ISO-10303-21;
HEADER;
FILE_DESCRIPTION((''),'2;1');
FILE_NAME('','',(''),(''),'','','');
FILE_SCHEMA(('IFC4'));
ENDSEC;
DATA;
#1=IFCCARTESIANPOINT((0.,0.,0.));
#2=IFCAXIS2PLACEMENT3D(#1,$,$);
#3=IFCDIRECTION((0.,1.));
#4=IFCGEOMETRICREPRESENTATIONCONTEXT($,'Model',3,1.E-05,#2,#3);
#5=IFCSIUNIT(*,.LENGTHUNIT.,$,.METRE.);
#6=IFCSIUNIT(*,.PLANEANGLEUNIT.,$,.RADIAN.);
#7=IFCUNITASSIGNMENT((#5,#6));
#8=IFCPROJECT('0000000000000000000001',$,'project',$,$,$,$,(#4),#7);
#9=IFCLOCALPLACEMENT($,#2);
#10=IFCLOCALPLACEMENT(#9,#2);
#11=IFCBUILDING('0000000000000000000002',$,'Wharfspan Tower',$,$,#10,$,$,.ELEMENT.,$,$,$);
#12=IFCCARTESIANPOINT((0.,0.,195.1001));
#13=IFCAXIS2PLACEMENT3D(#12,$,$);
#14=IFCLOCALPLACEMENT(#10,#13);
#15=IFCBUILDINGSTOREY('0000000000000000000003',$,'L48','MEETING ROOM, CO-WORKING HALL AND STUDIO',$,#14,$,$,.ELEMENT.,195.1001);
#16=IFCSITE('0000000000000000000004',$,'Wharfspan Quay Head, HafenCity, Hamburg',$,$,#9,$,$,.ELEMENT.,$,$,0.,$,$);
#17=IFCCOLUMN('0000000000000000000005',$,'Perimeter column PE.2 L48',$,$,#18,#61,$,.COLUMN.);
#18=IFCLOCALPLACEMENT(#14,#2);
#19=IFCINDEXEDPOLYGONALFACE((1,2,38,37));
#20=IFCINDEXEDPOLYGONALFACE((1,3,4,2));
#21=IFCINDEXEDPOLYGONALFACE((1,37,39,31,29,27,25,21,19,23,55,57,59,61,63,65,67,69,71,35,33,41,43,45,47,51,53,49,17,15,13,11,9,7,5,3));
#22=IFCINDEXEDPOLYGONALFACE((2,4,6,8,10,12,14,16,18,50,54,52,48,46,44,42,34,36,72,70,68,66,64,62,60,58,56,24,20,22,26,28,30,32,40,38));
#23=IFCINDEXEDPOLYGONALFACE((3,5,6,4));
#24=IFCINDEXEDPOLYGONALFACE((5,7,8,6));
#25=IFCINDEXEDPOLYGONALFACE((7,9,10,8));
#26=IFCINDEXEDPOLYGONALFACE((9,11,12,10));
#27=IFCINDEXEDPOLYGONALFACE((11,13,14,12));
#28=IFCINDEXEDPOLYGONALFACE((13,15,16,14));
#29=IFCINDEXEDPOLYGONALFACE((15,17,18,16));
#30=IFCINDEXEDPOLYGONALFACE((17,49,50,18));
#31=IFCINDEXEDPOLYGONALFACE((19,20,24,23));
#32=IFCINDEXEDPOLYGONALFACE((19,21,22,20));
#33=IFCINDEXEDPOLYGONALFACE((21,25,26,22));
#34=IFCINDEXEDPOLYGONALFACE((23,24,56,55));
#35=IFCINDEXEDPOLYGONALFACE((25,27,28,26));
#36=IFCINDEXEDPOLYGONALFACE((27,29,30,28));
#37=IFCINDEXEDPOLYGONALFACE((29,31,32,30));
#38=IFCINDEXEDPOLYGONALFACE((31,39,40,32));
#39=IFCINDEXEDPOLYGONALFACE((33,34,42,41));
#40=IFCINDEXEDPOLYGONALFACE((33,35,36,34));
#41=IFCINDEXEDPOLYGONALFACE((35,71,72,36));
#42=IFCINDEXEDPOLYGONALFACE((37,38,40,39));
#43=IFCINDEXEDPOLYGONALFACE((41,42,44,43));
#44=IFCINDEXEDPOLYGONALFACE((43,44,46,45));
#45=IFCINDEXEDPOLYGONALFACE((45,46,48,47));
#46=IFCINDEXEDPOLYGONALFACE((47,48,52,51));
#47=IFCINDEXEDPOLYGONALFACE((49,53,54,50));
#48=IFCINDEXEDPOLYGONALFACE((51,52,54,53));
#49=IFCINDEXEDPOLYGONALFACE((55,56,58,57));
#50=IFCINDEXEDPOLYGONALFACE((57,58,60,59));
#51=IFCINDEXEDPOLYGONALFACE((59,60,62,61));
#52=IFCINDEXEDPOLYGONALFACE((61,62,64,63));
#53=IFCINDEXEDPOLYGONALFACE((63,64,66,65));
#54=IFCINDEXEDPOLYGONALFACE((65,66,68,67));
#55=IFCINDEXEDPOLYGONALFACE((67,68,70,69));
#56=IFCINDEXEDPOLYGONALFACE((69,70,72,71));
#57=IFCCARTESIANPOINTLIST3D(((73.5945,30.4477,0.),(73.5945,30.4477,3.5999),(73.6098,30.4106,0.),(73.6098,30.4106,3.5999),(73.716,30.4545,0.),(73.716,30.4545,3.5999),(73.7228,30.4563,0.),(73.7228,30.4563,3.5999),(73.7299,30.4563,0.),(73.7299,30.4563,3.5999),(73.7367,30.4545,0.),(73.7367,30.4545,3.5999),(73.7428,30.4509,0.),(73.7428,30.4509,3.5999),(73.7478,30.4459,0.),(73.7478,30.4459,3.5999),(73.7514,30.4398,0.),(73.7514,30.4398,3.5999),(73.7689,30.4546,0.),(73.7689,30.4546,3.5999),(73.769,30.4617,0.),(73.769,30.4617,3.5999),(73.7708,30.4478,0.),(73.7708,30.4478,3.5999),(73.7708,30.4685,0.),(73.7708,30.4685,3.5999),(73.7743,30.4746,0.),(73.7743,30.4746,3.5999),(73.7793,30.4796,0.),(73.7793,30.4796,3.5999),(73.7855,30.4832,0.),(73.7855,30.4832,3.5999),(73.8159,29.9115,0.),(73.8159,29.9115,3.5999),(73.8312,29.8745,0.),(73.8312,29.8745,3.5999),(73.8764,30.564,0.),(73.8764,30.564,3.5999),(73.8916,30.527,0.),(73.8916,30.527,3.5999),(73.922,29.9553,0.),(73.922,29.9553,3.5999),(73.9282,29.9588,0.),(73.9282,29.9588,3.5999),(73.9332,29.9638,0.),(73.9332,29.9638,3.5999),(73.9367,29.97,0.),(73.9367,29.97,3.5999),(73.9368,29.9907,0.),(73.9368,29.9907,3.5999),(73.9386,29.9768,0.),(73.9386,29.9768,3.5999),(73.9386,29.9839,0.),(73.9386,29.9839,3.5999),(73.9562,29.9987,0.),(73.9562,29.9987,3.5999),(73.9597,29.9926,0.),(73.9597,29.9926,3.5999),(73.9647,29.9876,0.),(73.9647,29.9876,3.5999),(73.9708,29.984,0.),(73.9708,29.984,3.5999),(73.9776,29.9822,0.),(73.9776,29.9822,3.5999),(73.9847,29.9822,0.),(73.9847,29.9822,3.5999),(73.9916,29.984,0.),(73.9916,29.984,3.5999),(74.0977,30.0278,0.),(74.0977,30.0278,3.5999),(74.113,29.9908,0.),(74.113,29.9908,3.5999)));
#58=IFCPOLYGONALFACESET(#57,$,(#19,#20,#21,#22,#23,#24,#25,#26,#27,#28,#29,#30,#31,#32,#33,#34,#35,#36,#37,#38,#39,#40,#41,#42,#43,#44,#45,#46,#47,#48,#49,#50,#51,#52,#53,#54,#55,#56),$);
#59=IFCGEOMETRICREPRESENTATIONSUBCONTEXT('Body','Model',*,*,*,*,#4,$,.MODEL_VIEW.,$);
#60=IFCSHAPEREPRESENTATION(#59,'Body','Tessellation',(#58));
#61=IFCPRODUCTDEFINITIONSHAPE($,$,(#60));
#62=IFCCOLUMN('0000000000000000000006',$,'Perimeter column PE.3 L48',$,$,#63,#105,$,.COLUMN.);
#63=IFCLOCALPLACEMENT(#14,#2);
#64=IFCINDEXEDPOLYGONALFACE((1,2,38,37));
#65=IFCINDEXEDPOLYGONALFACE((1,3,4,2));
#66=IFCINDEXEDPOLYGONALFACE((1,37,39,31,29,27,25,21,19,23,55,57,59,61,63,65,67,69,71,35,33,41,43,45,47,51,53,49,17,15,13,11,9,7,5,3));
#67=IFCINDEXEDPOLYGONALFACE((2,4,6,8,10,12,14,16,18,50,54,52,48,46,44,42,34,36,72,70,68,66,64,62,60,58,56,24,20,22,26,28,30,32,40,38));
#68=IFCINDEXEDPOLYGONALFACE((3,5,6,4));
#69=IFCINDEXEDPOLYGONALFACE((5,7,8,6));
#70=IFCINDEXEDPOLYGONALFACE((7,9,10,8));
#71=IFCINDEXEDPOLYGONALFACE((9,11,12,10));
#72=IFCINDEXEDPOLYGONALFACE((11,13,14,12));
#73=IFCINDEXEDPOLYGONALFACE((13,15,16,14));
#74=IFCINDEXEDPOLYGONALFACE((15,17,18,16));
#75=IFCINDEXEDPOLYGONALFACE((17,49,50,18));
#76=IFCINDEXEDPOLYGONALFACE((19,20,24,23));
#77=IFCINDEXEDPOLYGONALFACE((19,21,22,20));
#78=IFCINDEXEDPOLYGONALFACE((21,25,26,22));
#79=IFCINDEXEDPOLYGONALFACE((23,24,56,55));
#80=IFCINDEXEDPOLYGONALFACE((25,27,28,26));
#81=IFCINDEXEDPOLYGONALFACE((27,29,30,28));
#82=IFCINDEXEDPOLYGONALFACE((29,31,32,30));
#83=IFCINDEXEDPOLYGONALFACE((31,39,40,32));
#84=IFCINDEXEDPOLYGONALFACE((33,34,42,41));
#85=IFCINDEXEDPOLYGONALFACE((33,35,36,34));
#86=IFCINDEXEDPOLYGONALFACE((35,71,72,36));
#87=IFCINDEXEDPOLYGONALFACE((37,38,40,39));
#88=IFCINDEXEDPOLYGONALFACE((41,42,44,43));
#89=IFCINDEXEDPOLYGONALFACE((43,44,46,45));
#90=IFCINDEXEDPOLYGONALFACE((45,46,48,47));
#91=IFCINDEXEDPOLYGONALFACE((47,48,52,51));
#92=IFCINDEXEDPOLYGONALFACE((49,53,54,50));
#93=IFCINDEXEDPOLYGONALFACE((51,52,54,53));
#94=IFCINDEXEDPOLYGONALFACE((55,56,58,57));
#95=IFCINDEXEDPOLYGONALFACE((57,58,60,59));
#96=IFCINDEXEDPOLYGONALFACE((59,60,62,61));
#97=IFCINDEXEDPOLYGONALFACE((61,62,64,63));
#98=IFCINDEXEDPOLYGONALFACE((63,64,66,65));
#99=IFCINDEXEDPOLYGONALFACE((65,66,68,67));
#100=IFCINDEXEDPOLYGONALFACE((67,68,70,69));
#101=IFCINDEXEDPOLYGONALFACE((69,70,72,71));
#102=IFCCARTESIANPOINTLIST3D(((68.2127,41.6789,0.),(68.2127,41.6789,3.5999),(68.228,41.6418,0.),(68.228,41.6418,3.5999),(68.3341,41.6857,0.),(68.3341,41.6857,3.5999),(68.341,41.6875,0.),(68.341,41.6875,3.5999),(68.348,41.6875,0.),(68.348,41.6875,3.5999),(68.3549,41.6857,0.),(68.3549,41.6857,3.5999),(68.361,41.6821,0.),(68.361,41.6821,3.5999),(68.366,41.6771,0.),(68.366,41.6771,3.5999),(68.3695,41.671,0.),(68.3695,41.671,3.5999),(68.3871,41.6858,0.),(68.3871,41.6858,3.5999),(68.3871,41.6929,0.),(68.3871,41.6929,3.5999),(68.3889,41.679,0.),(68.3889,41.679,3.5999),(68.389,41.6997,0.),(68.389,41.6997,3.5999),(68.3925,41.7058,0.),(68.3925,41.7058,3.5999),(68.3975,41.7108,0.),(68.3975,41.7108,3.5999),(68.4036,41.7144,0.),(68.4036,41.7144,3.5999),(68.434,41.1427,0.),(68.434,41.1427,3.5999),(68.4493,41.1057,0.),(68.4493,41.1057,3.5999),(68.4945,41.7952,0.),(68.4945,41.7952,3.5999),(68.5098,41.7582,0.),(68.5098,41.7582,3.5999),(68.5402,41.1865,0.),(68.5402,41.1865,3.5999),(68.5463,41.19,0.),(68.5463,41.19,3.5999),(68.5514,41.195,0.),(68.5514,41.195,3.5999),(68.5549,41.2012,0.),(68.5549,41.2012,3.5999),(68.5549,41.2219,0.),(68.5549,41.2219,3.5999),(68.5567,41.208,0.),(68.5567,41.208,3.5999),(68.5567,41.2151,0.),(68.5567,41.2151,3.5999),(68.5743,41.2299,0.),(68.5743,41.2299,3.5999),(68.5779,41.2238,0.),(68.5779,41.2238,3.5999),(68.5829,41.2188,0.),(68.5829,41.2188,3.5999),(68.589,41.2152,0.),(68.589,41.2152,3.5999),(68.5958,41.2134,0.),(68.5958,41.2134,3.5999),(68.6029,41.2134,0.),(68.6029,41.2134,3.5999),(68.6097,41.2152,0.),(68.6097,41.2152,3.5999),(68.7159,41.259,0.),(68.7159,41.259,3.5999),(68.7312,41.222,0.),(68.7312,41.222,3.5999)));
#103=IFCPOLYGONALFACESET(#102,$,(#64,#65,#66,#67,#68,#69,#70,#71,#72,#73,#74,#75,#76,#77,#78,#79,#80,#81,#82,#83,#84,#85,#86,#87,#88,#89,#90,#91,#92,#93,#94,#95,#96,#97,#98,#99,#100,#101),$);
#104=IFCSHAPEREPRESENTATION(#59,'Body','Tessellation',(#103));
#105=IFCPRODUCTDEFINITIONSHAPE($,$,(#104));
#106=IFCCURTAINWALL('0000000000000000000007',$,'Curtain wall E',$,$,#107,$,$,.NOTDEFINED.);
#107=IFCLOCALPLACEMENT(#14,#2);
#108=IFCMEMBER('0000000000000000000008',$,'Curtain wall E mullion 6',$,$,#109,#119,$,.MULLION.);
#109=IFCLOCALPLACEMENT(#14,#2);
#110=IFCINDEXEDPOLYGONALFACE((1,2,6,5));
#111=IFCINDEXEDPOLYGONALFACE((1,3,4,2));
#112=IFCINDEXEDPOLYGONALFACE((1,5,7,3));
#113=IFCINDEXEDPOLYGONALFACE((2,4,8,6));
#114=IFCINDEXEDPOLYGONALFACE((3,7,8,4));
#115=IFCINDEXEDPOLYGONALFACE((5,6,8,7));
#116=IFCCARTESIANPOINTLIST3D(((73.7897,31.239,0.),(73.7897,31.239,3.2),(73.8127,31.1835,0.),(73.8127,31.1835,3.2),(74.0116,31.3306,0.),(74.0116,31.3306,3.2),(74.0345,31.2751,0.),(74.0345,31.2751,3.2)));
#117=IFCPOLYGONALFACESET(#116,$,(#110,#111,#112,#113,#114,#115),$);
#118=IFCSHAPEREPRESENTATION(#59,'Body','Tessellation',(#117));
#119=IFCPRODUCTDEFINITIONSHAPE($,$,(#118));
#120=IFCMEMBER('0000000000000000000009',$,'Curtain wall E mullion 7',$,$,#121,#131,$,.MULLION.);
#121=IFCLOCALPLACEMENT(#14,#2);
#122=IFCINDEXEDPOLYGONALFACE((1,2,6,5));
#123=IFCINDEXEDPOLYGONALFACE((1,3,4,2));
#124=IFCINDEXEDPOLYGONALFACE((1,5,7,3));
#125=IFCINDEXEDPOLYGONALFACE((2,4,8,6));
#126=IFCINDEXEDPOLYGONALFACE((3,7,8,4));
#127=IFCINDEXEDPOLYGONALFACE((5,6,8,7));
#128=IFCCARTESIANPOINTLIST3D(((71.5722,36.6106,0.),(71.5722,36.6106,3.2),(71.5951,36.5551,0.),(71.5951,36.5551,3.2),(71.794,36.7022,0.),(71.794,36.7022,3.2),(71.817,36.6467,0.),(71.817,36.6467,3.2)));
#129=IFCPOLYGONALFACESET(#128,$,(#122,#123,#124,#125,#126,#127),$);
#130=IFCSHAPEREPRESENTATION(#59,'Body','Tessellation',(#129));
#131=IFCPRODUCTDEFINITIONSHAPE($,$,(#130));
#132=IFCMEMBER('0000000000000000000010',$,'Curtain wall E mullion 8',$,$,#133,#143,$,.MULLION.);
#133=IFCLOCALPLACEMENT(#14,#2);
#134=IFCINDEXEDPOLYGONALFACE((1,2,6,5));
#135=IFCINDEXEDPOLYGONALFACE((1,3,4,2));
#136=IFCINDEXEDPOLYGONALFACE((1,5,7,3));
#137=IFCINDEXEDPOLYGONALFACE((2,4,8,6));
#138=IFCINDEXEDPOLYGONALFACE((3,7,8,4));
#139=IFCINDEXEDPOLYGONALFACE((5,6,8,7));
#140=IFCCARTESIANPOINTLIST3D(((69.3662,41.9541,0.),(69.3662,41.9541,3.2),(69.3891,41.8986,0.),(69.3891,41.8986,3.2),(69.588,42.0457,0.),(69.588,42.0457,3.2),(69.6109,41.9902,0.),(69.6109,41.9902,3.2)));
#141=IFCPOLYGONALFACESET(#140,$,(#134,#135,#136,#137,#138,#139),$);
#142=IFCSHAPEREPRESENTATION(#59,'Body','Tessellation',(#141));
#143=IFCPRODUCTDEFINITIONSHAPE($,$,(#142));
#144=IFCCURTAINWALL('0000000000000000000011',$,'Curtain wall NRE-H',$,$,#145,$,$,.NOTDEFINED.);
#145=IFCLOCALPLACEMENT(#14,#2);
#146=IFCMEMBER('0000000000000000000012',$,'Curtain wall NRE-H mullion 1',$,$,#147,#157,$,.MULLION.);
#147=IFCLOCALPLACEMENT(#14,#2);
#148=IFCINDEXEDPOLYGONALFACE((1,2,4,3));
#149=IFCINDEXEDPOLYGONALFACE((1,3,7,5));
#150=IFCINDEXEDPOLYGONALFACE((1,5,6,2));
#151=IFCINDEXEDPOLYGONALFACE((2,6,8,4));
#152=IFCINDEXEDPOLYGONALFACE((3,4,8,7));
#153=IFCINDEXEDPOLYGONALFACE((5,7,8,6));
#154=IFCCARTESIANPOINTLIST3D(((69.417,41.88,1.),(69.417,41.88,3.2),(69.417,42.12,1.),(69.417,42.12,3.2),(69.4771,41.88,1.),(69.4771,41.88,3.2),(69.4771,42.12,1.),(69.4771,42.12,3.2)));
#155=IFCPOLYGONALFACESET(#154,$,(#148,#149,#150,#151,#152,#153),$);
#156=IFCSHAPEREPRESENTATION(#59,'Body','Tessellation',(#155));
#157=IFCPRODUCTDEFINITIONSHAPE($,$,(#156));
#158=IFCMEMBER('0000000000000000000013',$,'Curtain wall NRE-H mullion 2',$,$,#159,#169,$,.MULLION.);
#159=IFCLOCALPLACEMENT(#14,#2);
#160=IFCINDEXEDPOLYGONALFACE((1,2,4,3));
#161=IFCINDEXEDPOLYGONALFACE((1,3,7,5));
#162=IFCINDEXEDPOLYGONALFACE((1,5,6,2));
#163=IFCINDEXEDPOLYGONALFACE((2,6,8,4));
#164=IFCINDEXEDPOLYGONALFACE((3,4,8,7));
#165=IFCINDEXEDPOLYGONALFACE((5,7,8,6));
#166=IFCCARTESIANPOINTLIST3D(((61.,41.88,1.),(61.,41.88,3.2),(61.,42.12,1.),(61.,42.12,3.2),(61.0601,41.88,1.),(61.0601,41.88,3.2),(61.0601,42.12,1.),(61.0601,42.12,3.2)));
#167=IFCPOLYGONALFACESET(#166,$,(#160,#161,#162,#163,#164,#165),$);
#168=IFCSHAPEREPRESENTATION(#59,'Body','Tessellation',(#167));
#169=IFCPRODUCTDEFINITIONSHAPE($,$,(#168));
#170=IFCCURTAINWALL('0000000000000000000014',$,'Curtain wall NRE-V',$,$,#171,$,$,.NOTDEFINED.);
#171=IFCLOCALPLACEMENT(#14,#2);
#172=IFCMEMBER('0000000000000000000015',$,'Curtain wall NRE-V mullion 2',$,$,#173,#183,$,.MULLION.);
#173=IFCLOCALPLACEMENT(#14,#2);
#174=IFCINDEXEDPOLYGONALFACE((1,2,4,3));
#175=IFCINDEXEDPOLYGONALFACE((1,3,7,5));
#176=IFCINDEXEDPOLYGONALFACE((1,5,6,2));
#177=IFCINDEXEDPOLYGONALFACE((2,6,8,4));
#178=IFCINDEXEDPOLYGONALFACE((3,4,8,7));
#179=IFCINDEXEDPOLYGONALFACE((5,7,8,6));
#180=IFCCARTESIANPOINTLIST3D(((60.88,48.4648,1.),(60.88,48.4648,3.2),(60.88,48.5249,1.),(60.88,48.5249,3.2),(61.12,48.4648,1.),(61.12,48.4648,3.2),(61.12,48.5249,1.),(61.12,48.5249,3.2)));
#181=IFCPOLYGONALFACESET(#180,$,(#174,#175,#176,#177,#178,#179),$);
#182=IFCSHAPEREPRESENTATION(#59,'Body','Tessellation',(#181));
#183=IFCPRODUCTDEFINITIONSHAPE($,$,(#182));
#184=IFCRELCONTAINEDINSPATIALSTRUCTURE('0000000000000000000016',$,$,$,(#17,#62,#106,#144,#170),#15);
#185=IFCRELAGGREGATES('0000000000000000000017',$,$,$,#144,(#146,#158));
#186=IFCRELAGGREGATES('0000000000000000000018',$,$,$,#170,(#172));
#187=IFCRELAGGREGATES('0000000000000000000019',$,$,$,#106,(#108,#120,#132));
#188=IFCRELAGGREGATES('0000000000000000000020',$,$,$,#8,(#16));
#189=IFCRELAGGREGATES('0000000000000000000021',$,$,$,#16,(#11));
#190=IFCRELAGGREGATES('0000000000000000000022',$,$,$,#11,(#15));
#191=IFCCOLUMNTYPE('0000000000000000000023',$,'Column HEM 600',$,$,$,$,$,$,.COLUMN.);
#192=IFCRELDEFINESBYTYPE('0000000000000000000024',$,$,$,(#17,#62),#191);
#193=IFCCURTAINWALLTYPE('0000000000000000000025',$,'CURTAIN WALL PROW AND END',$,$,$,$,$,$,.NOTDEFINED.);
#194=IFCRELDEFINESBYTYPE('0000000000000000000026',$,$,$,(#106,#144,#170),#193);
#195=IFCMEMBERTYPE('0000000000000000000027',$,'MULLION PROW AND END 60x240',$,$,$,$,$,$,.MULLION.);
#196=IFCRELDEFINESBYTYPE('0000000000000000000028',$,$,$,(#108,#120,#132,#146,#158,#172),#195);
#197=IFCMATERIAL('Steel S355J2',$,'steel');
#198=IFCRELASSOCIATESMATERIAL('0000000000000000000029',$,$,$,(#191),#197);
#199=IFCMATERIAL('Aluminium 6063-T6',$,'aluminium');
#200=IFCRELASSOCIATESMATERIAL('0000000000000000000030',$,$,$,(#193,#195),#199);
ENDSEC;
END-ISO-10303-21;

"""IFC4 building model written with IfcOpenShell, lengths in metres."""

from ifc_helpers import new_model, si_unit, direction, frame, origin, origin_2d, place, context, subcontext, project, spatial, rectangle, i_section, extrude, material, material_profile, profile_set, type_object, element, aggregate, save


model = new_model("IFC4")

# Units and contexts
model_context = context("Model", 3, precision=1e-05, world=origin(), true_north=direction((0.0, 1.0)))
body_context = subcontext(model_context, "Body", "Model", "MODEL_VIEW")
ifc_project = project(units=[si_unit("LENGTHUNIT", "METRE"), si_unit("PLANEANGLEUNIT", "RADIAN")], contexts=[model_context])

# Site, building, storey
site_placement = place(None, origin())
site = spatial("IfcSite", under=ifc_project, at=site_placement, Name="Wharfspan Quay Head, HafenCity, Hamburg", CompositionType="ELEMENT", RefElevation=0.0)
building_placement = place(site_placement, origin())
building = spatial("IfcBuilding", under=site, at=building_placement, Name="Wharfspan Tower", CompositionType="ELEMENT")
storey_placement = place(building_placement, frame((0.0, 0.0, 195.1001)))
storey = spatial("IfcBuildingStorey", under=building, at=storey_placement, Name="L48", Description="MEETING ROOM, CO-WORKING HALL AND STUDIO", CompositionType="ELEMENT", Elevation=195.1001)

# Columns
ifc_material_1 = material(Name="Steel S355J2", Category="steel")
ifc_material_profile_1 = material_profile(ifc_material_1, i_section(OverallWidth=0.3049, OverallDepth=0.6201, WebThickness=0.021, FlangeThickness=0.04, FilletRadius=0.0271, at=origin_2d()))
ifc_profile_set_1 = profile_set([ifc_material_profile_1], Name="Steel S355J2")
column_type = type_object("IfcColumnType", Name="Column HEM 600", PredefinedType="COLUMN", material=ifc_profile_set_1)
for number, where, z_axis, x_axis, name in (
    (1, (73.8538, 30.2192, 0.0), (0.0, 0.0, 1.0), (0.924325, 0.381602, 0.0), "Perimeter column PE.2 L48"),
    (2, (68.4719, 41.4504, 0.0), (0.0, 0.0, 1.0), (0.924325, 0.381602, 0.0), "Perimeter column PE.3 L48"),
):
    element("IfcColumn", number, at=place(storey_placement, frame(where, z_axis=z_axis, x_axis=x_axis)), inside=storey, type_object=column_type, Name=name, PredefinedType="COLUMN", context=body_context, shape_type="SweptSolid", body=[
        extrude(i_section(OverallWidth=0.3049, OverallDepth=0.6201, WebThickness=0.021, FlangeThickness=0.04, FilletRadius=0.0271, at=origin_2d()), origin(), (0.0, 0.0, 1.0), 3.5999),
    ])

# Curtain walls, members
ifc_material_2 = material(Name="Aluminium 6063-T6", Category="aluminium")
curtain_wall_type = type_object("IfcCurtainWallType", Name="CURTAIN WALL PROW AND END", PredefinedType="NOTDEFINED", material=ifc_material_2)
curtain_wall_1_placement = place(storey_placement, origin())
curtain_wall_1 = element("IfcCurtainWall", 3, at=curtain_wall_1_placement, inside=storey, type_object=curtain_wall_type, Name="Curtain wall E", PredefinedType="NOTDEFINED")
ifc_material_profile_2 = material_profile(ifc_material_2, rectangle(XDim=0.24, YDim=0.0601, at=origin_2d()))
ifc_profile_set_2 = profile_set([ifc_material_profile_2], Name="Aluminium 6063-T6")
member_type_1 = type_object("IfcMemberType", Name="MULLION PROW AND END 60x240", PredefinedType="MULLION", material=ifc_profile_set_2)
member_1_placement = place(storey_placement, frame((73.9121, 31.2571, 0.0), z_axis=(0.0, 0.0, 1.0), x_axis=(-0.924325, -0.381602, 0.0)))
member_1 = element("IfcMember", 4, at=member_1_placement, type_object=member_type_1, Name="Curtain wall E mullion 6", PredefinedType="MULLION", context=body_context, shape_type="SweptSolid", body=[
    extrude(rectangle(XDim=0.24, YDim=0.0601, at=origin_2d()), origin(), (0.0, 0.0, 1.0), 3.2),
])
member_2_placement = place(storey_placement, frame((71.6946, 36.6287, 0.0), z_axis=(0.0, 0.0, 1.0), x_axis=(-0.924325, -0.381602, 0.0)))
member_2 = element("IfcMember", 5, at=member_2_placement, type_object=member_type_1, Name="Curtain wall E mullion 7", PredefinedType="MULLION", context=body_context, shape_type="SweptSolid", body=[
    extrude(rectangle(XDim=0.24, YDim=0.0601, at=origin_2d()), origin(), (0.0, 0.0, 1.0), 3.2),
])
member_3_placement = place(storey_placement, frame((69.4885, 41.9722, 0.0), z_axis=(0.0, 0.0, 1.0), x_axis=(-0.924325, -0.381602, 0.0)))
member_3 = element("IfcMember", 6, at=member_3_placement, type_object=member_type_1, Name="Curtain wall E mullion 8", PredefinedType="MULLION", context=body_context, shape_type="SweptSolid", body=[
    extrude(rectangle(XDim=0.24, YDim=0.0601, at=origin_2d()), origin(), (0.0, 0.0, 1.0), 3.2),
])
curtain_wall_2_placement = place(storey_placement, origin())
curtain_wall_2 = element("IfcCurtainWall", 7, at=curtain_wall_2_placement, inside=storey, type_object=curtain_wall_type, Name="Curtain wall NRE-H", PredefinedType="NOTDEFINED")
member_4_placement = place(storey_placement, frame((69.447, 42.0, 1.0), z_axis=(0.0, 0.0, 1.0), x_axis=(0.0, -1.0, 0.0)))
member_4 = element("IfcMember", 8, at=member_4_placement, type_object=member_type_1, Name="Curtain wall NRE-H mullion 1", PredefinedType="MULLION", context=body_context, shape_type="SweptSolid", body=[
    extrude(rectangle(XDim=0.24, YDim=0.0601, at=origin_2d()), origin(), (0.0, 0.0, 1.0), 2.2),
])
member_5_placement = place(storey_placement, frame((61.03, 42.0, 1.0), z_axis=(0.0, 0.0, 1.0), x_axis=(0.0, -1.0, 0.0)))
member_5 = element("IfcMember", 9, at=member_5_placement, type_object=member_type_1, Name="Curtain wall NRE-H mullion 2", PredefinedType="MULLION", context=body_context, shape_type="SweptSolid", body=[
    extrude(rectangle(XDim=0.24, YDim=0.0601, at=origin_2d()), origin(), (0.0, 0.0, 1.0), 2.2),
])

# Curtain wall, member
curtain_wall_3_placement = place(storey_placement, origin())
curtain_wall_3 = element("IfcCurtainWall", 10, at=curtain_wall_3_placement, inside=storey, type_object=curtain_wall_type, Name="Curtain wall NRE-V", PredefinedType="NOTDEFINED")
member_6_placement = place(storey_placement, frame((61.0, 48.4949, 1.0), z_axis=(0.0, 0.0, 1.0), x_axis=(-1.0, 0.0, 0.0)))
member_6 = element("IfcMember", 11, at=member_6_placement, type_object=member_type_1, Name="Curtain wall NRE-V mullion 2", PredefinedType="MULLION", context=body_context, shape_type="SweptSolid", body=[
    extrude(rectangle(XDim=0.24, YDim=0.0601, at=origin_2d()), origin(), (0.0, 0.0, 1.0), 2.2),
])

aggregate(curtain_wall_2, [member_4, member_5])
aggregate(curtain_wall_3, [member_6])
aggregate(curtain_wall_1, [member_1, member_2, member_3])

save(model, "model.ifc")
